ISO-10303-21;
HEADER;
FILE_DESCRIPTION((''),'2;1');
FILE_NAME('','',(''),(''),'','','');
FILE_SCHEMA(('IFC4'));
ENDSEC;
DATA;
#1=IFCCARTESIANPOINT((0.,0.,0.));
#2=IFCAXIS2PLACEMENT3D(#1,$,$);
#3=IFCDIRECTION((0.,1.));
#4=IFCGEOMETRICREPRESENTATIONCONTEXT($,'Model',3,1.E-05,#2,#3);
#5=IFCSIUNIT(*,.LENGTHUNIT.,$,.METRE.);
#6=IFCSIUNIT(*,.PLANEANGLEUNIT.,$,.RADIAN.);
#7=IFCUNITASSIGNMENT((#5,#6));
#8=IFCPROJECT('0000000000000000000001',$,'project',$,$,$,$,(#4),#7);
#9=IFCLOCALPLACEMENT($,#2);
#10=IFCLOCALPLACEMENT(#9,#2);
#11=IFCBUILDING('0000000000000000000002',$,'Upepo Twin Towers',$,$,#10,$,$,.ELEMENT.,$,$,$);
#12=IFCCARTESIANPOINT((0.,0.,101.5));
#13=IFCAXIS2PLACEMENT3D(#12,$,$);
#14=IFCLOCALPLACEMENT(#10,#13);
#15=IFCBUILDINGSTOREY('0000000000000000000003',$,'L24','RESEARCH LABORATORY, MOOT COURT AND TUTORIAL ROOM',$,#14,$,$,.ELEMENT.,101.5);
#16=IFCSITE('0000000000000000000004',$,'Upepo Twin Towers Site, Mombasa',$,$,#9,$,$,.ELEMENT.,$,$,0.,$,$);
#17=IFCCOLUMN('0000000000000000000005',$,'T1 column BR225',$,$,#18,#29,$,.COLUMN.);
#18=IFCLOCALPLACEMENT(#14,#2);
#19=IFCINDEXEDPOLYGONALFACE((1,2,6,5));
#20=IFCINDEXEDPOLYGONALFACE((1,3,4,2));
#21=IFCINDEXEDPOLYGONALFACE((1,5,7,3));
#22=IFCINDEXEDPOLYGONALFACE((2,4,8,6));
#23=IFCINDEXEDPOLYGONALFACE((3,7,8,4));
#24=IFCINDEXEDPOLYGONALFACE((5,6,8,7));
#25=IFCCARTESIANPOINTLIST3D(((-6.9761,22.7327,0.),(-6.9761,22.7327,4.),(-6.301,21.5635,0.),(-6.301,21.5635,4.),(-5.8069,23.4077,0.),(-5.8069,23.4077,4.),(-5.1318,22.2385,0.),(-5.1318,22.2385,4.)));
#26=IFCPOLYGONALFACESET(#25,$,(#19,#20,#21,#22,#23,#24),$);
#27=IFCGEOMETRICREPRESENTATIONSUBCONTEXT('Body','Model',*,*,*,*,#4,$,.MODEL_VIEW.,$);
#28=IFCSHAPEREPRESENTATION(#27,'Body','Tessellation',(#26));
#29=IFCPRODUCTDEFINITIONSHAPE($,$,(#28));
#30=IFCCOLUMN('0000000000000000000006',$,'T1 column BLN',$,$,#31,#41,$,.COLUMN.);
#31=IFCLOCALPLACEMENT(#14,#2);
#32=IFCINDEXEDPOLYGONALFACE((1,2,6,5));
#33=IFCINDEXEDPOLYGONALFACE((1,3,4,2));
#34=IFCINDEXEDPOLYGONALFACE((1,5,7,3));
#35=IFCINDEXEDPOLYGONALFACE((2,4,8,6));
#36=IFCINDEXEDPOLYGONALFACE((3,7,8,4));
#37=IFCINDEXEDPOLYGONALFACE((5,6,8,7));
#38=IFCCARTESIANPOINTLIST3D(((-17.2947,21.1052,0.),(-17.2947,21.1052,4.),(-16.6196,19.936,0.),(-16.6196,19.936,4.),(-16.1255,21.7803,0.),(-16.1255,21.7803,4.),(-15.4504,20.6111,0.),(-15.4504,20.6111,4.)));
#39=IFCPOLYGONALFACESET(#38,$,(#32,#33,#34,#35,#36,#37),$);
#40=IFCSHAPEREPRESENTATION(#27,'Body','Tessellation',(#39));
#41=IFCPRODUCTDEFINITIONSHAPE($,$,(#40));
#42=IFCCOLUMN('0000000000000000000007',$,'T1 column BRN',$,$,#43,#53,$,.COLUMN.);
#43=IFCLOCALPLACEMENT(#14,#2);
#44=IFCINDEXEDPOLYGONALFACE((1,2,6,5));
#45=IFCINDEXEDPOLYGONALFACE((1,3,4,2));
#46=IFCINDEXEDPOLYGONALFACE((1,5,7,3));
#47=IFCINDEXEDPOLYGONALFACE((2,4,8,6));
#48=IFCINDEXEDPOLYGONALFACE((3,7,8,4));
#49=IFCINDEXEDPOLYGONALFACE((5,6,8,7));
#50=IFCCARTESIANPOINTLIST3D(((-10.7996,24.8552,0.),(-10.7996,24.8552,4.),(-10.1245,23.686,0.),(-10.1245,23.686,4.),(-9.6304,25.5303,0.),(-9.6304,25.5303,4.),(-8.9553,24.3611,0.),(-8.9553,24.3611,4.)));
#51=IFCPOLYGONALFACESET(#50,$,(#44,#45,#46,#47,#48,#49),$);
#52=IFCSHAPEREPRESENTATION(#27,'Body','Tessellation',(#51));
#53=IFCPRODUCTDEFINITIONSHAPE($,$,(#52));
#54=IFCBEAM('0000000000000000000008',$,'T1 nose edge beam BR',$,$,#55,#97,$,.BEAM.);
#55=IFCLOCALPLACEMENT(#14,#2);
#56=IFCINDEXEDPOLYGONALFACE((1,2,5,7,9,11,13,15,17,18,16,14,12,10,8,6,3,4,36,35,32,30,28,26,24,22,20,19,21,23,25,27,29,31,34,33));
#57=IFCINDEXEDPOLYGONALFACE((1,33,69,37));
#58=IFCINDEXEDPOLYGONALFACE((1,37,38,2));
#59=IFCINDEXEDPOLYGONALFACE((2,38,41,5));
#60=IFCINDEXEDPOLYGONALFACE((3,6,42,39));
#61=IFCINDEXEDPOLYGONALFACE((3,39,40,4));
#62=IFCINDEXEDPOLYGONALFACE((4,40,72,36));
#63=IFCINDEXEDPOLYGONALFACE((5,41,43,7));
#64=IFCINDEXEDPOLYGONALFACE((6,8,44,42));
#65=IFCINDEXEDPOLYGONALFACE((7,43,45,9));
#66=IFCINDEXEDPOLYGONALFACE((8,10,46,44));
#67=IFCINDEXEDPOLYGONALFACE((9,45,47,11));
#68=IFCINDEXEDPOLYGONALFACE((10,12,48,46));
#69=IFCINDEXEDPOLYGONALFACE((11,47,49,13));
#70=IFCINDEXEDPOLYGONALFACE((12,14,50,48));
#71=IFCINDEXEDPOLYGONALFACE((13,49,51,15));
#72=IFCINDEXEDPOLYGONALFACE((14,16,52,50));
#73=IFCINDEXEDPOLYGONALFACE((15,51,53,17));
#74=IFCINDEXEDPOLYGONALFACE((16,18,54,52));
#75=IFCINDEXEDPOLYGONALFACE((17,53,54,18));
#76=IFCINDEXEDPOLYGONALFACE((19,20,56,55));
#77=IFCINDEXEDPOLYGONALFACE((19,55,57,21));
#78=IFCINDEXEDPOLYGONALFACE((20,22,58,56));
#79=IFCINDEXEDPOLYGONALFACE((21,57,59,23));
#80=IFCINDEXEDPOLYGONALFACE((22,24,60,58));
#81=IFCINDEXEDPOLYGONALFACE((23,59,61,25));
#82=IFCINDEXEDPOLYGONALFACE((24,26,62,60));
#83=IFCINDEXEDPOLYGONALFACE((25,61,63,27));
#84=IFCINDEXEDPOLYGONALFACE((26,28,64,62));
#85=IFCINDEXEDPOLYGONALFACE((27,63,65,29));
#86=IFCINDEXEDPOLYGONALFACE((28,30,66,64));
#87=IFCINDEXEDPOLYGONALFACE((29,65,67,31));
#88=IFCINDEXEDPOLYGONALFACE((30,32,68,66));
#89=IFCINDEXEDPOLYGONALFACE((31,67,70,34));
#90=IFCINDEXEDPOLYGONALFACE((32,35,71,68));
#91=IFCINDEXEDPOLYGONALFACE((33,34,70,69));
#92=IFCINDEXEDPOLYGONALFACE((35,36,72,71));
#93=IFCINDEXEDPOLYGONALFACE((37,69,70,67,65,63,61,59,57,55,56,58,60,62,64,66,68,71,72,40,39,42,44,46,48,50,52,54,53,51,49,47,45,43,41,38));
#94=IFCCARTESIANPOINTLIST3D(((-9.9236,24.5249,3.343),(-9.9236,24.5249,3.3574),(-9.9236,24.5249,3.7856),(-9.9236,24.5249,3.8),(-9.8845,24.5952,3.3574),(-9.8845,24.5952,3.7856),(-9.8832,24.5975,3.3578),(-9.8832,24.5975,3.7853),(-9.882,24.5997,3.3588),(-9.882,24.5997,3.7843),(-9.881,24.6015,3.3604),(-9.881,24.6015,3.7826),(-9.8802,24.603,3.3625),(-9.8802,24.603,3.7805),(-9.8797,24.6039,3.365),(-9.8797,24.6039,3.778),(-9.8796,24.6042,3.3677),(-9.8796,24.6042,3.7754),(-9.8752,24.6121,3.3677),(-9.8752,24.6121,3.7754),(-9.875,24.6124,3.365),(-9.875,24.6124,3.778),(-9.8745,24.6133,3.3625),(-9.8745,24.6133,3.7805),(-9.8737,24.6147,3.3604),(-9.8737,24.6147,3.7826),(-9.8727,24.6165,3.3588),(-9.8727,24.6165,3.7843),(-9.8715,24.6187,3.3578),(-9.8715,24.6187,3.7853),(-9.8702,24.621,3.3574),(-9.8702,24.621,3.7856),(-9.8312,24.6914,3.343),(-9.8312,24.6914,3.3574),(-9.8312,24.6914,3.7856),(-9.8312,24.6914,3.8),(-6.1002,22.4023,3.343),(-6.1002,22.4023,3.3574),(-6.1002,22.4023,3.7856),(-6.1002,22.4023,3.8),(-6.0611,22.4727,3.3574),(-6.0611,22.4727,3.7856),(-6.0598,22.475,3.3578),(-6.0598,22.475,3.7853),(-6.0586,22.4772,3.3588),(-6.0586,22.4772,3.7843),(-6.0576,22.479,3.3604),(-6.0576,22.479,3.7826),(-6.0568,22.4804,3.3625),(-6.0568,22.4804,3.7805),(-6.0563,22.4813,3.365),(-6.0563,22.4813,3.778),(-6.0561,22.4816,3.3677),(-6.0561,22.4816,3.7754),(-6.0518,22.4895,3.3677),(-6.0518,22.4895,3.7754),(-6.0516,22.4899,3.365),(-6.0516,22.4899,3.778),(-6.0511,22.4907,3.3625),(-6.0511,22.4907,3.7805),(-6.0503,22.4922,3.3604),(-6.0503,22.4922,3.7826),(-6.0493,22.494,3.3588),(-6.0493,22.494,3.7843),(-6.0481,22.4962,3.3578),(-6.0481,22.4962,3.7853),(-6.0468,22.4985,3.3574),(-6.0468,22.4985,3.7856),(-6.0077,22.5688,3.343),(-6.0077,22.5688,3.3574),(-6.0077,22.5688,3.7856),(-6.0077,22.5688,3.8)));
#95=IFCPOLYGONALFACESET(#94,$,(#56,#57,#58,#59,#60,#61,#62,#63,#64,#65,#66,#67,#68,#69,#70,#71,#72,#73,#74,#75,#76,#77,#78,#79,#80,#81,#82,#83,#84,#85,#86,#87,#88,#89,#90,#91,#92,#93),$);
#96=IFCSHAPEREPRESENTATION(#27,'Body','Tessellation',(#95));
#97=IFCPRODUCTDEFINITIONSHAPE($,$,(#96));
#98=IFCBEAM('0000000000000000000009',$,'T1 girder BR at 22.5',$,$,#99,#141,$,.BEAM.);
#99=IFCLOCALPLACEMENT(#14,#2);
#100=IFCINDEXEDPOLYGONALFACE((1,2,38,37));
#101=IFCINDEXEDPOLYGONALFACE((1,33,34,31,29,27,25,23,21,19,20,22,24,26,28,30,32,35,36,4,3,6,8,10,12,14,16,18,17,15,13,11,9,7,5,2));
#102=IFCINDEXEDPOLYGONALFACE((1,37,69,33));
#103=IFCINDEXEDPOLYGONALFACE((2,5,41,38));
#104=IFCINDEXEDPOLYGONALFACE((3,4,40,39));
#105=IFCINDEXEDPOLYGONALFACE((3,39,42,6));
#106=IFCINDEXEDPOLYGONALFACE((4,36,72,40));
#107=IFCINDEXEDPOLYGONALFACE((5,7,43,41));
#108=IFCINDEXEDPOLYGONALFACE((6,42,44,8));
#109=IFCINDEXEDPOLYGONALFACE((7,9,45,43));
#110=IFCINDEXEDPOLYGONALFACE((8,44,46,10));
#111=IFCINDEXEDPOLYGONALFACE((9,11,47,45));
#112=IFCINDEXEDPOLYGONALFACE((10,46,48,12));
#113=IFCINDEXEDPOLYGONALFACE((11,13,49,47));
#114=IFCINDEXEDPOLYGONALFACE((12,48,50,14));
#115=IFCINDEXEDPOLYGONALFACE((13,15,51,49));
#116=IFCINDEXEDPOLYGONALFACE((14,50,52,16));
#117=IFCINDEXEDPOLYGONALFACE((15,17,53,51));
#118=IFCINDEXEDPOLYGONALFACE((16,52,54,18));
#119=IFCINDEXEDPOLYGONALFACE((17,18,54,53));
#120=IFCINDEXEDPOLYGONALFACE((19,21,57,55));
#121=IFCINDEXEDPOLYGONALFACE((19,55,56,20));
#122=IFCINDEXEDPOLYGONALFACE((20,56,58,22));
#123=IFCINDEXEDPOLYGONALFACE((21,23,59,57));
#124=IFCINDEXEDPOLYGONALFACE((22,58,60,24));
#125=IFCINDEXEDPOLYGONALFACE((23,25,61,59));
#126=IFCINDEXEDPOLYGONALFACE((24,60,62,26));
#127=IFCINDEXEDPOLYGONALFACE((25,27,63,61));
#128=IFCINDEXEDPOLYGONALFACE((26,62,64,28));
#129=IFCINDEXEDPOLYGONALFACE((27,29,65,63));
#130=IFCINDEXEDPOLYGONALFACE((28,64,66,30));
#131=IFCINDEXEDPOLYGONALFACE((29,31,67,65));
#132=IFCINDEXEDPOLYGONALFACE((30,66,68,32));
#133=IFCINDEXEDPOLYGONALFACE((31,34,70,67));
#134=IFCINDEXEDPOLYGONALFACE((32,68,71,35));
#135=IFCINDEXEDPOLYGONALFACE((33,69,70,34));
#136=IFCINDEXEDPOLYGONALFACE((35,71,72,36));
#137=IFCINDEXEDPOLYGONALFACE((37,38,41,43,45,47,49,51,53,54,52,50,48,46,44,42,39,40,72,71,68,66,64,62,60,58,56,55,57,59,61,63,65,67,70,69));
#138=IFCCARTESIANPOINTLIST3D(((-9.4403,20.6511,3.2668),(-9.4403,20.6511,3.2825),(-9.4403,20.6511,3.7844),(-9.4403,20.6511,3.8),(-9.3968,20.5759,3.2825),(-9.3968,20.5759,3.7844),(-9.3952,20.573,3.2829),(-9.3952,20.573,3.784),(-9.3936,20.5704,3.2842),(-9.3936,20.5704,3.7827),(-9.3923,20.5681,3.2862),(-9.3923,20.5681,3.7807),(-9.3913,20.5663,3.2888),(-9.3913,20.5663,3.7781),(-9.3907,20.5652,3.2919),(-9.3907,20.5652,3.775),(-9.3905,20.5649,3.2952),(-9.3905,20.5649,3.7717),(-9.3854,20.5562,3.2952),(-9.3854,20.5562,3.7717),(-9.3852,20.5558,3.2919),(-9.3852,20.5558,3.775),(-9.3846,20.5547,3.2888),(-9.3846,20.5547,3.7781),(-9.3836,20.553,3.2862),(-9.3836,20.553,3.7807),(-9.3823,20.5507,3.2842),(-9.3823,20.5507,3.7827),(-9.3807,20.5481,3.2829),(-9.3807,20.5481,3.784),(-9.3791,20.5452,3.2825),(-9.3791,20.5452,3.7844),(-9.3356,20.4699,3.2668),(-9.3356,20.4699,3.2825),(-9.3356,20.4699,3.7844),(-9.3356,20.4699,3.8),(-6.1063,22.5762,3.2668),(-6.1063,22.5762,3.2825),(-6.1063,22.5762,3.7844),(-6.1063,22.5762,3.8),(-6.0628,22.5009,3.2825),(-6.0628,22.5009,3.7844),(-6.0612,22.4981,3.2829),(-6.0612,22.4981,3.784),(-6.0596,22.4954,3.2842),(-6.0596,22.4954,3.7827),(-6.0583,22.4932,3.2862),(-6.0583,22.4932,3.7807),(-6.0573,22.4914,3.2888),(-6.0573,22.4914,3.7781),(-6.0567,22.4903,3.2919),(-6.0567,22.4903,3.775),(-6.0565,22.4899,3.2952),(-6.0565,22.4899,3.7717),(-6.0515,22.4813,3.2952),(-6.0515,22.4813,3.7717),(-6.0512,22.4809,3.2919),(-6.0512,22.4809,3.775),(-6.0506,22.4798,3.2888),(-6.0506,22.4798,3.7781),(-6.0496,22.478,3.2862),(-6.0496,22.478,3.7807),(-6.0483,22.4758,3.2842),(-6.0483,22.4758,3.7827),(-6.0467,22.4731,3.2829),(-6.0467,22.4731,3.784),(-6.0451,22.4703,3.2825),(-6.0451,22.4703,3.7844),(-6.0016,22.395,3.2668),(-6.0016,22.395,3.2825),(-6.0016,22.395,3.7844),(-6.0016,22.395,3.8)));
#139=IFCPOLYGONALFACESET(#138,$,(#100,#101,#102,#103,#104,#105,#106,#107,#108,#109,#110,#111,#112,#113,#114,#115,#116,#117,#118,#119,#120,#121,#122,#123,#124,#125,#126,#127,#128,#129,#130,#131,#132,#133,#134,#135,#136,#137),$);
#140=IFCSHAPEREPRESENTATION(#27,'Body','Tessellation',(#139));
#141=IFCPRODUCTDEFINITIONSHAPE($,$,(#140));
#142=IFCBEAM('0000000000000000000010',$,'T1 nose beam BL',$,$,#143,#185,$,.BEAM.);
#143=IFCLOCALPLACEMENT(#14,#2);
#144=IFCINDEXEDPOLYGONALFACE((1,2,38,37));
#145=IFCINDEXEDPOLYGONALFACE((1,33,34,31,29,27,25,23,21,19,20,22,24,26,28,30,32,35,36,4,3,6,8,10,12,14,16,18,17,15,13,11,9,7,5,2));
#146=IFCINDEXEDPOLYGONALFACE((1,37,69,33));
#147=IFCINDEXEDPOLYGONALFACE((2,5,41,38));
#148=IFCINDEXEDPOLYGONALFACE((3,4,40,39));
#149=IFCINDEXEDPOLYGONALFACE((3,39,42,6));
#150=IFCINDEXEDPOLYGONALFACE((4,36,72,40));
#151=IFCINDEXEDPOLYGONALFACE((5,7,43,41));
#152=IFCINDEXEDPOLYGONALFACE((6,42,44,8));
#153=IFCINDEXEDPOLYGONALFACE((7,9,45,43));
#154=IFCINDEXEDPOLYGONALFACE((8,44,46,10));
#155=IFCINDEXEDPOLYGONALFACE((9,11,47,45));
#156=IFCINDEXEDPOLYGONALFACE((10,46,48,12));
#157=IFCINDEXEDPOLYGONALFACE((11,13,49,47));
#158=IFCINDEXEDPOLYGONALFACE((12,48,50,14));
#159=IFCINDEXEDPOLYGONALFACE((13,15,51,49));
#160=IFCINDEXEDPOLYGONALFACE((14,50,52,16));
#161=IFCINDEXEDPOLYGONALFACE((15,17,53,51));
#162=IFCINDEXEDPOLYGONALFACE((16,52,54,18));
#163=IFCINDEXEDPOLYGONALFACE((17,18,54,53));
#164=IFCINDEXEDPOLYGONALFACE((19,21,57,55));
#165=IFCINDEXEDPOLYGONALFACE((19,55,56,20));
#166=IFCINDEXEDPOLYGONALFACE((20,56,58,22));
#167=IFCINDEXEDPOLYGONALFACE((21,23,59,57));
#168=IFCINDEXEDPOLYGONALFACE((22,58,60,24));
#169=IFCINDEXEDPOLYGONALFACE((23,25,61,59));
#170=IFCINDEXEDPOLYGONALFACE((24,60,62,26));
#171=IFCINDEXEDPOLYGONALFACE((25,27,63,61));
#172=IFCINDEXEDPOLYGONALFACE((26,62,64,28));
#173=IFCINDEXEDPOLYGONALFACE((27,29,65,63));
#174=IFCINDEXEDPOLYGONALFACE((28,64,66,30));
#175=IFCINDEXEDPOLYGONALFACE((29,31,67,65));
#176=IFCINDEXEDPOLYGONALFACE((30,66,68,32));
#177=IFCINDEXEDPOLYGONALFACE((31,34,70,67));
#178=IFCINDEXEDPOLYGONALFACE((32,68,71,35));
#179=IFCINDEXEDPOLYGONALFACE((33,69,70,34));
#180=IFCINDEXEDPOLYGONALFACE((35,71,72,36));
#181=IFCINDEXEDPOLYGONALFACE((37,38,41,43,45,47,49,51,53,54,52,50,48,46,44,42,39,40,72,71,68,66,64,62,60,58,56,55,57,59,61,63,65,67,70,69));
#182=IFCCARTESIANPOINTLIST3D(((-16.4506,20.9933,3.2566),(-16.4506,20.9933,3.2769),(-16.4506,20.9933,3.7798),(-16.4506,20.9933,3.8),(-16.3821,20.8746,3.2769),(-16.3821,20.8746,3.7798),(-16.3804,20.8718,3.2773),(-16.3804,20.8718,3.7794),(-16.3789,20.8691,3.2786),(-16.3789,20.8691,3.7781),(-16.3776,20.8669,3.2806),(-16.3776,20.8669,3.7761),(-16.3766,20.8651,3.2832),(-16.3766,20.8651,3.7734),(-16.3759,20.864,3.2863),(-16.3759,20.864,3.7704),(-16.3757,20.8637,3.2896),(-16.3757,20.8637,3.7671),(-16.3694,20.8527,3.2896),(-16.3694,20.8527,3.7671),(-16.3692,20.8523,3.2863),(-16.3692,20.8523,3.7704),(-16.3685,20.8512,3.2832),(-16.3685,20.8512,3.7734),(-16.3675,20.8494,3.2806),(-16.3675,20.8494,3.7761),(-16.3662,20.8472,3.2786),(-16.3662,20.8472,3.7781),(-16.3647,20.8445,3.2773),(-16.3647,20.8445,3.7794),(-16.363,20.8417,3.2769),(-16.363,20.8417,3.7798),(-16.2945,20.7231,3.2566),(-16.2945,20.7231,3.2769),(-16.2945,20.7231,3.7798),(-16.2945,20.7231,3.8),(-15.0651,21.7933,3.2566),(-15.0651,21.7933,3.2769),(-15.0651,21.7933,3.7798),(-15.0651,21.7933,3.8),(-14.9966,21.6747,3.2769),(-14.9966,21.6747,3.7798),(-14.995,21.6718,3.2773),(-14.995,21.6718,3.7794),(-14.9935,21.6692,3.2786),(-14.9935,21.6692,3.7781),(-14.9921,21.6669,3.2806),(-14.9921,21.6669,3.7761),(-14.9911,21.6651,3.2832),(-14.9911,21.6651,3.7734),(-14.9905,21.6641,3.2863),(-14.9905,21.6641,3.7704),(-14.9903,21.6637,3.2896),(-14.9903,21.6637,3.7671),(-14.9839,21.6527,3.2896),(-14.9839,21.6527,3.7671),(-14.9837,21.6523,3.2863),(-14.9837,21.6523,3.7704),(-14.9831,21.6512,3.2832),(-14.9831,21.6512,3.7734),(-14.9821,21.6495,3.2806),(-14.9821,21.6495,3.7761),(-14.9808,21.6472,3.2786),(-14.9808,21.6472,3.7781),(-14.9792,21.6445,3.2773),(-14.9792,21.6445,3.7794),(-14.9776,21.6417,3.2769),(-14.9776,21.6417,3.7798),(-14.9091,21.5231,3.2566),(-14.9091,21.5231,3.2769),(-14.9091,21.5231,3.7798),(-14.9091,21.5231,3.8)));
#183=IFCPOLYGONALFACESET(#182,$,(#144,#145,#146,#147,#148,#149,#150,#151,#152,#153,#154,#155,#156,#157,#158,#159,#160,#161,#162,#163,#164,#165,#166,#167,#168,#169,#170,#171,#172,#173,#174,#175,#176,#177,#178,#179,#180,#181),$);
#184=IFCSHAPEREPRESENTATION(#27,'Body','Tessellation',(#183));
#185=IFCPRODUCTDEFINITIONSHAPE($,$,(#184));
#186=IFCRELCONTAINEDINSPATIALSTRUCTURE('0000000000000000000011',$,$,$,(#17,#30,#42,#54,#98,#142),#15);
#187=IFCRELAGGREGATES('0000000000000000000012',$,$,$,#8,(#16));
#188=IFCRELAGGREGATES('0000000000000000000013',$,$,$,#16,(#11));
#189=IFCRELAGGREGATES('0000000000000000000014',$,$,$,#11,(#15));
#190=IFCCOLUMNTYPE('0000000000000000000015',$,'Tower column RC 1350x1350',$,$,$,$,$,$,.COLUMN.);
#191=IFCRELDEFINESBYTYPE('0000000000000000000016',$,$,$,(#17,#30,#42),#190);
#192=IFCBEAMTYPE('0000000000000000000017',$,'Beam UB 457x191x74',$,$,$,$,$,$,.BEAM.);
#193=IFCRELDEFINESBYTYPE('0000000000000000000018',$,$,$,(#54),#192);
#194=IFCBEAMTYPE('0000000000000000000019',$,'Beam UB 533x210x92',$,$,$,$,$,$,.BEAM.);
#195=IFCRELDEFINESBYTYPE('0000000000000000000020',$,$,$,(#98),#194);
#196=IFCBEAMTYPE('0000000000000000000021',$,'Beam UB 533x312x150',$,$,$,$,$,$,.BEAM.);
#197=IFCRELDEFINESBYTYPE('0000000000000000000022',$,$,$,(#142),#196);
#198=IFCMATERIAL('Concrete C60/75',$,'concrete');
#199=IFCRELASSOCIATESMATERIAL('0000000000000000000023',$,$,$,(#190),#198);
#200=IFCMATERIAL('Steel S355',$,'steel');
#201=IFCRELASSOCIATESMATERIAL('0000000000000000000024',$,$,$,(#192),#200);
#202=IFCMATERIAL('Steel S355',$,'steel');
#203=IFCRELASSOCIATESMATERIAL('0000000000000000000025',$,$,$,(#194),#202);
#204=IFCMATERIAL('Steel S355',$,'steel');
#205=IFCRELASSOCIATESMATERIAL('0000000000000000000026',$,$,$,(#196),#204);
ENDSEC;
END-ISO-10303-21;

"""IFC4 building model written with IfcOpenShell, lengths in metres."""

from ifc_helpers import new_model, si_unit, direction, frame, origin, origin_2d, place, context, subcontext, project, spatial, rectangle, i_section, extrude, material, material_profile, profile_set, type_object, element, save


model = new_model("IFC4")

# Units and contexts
model_context = context("Model", 3, precision=1e-05, world=origin(), true_north=direction((0.0, 1.0)))
body_context = subcontext(model_context, "Body", "Model", "MODEL_VIEW")
ifc_project = project(units=[si_unit("LENGTHUNIT", "METRE"), si_unit("PLANEANGLEUNIT", "RADIAN")], contexts=[model_context])

# Site, building, storey
site_placement = place(None, origin())
site = spatial("IfcSite", under=ifc_project, at=site_placement, Name="Upepo Twin Towers Site, Mombasa", CompositionType="ELEMENT", RefElevation=0.0)
building_placement = place(site_placement, origin())
building = spatial("IfcBuilding", under=site, at=building_placement, Name="Upepo Twin Towers", CompositionType="ELEMENT")
storey_placement = place(building_placement, frame((0.0, 0.0, 101.5)))
storey = spatial("IfcBuildingStorey", under=building, at=storey_placement, Name="L24", Description="RESEARCH LABORATORY, MOOT COURT AND TUTORIAL ROOM", CompositionType="ELEMENT", Elevation=101.5)

# Columns
ifc_material_1 = material(Name="Concrete C60/75", Category="concrete")
ifc_material_profile_1 = material_profile(ifc_material_1, rectangle(XDim=1.3501, YDim=1.3501, at=origin_2d()), Name="RC 1350x1350")
ifc_profile_set_1 = profile_set([ifc_material_profile_1], Name="Concrete C60/75")
column_type = type_object("IfcColumnType", Name="Tower column RC 1350x1350", PredefinedType="COLUMN", material=ifc_profile_set_1)
for number, where, z_axis, x_axis, name in (
    (1, (-6.054, 22.4856, 0.0), (0.0, 0.0, 1.0), (0.866025, 0.5, 0.0), "T1 column BR225"),
    (2, (-16.3726, 20.8582, 0.0), (0.0, 0.0, 1.0), (0.866025, 0.5, 0.0), "T1 column BLN"),
    (3, (-9.8774, 24.6082, 0.0), (0.0, 0.0, 1.0), (0.866025, 0.5, 0.0), "T1 column BRN"),
):
    element("IfcColumn", number, at=place(storey_placement, frame(where, z_axis=z_axis, x_axis=x_axis)), inside=storey, type_object=column_type, Name=name, PredefinedType="COLUMN", context=body_context, shape_type="SweptSolid", body=[
        extrude(rectangle(XDim=1.3501, YDim=1.3501, at=origin_2d()), origin(), (0.0, 0.0, 1.0), 4.0),
    ])

# Beams
ifc_material_2 = material(Name="Steel S355", Category="steel")
ifc_material_profile_2 = material_profile(ifc_material_2, i_section(OverallWidth=0.1904, OverallDepth=0.457, WebThickness=0.009, FlangeThickness=0.0144, FilletRadius=0.0103, at=origin_2d()), Name="UB 457x191x74")
ifc_profile_set_2 = profile_set([ifc_material_profile_2], Name="Steel S355")
beam_type_1 = type_object("IfcBeamType", Name="Beam UB 457x191x74", PredefinedType="BEAM", material=ifc_profile_set_2)
beam_1_placement = place(storey_placement, frame((-6.054, 22.4856, 3.5715), z_axis=(-0.874313, 0.485363, 0.0), x_axis=(-0.485363, -0.874313, 0.0)))
element("IfcBeam", 4, at=beam_1_placement, inside=storey, type_object=beam_type_1, Name="T1 nose edge beam BR", PredefinedType="BEAM", context=body_context, shape_type="SweptSolid", body=[
    extrude(i_section(OverallWidth=0.1904, OverallDepth=0.457, WebThickness=0.009, FlangeThickness=0.0144, FilletRadius=0.0103, at=origin_2d()), origin(), (0.0, 0.0, 1.0), 4.373),
])
ifc_material_3 = material(Name="Steel S355", Category="steel")
ifc_material_profile_3 = material_profile(ifc_material_3, i_section(OverallWidth=0.2092, OverallDepth=0.5332, WebThickness=0.01, FlangeThickness=0.0156, FilletRadius=0.0127, at=origin_2d()), Name="UB 533x210x92")
ifc_profile_set_3 = profile_set([ifc_material_profile_3], Name="Steel S355")
beam_type_2 = type_object("IfcBeamType", Name="Beam UB 533x210x92", PredefinedType="BEAM", material=ifc_profile_set_3)
beam_2_placement = place(storey_placement, frame((-6.054, 22.4856, 3.5334), z_axis=(-0.866006, -0.500034, 0.0), x_axis=(0.500034, -0.866006, 0.0)))
element("IfcBeam", 5, at=beam_2_placement, inside=storey, type_object=beam_type_2, Name="T1 girder BR at 22.5", PredefinedType="BEAM", context=body_context, shape_type="SweptSolid", body=[
    extrude(i_section(OverallWidth=0.2092, OverallDepth=0.5332, WebThickness=0.01, FlangeThickness=0.0156, FilletRadius=0.0127, at=origin_2d()), origin(), (0.0, 0.0, 1.0), 3.8499),
])
ifc_material_4 = material(Name="Steel S355", Category="steel")
ifc_material_profile_4 = material_profile(ifc_material_4, i_section(OverallWidth=0.312, OverallDepth=0.5435, WebThickness=0.0127, FlangeThickness=0.0203, FilletRadius=0.0127, at=origin_2d()), Name="UB 533x312x150")
ifc_profile_set_4 = profile_set([ifc_material_profile_4], Name="Steel S355")
beam_type_3 = type_object("IfcBeamType", Name="Beam UB 533x312x150", PredefinedType="BEAM", material=ifc_profile_set_4)
for number, where, z_axis, x_axis, name in (
    (6, (-16.3726, 20.8582, 3.5283), (0.86599, 0.500061, 0.0), (-0.500061, 0.86599, 0.0), "T1 nose beam BL"),
):
    element("IfcBeam", number, at=place(storey_placement, frame(where, z_axis=z_axis, x_axis=x_axis)), inside=storey, type_object=beam_type_3, Name=name, PredefinedType="BEAM", context=body_context, shape_type="SweptSolid", body=[
        extrude(i_section(OverallWidth=0.312, OverallDepth=0.5435, WebThickness=0.0127, FlangeThickness=0.0203, FilletRadius=0.0127, at=origin_2d()), origin(), (0.0, 0.0, 1.0), 1.5999),
    ])

save(model, "model.ifc")
